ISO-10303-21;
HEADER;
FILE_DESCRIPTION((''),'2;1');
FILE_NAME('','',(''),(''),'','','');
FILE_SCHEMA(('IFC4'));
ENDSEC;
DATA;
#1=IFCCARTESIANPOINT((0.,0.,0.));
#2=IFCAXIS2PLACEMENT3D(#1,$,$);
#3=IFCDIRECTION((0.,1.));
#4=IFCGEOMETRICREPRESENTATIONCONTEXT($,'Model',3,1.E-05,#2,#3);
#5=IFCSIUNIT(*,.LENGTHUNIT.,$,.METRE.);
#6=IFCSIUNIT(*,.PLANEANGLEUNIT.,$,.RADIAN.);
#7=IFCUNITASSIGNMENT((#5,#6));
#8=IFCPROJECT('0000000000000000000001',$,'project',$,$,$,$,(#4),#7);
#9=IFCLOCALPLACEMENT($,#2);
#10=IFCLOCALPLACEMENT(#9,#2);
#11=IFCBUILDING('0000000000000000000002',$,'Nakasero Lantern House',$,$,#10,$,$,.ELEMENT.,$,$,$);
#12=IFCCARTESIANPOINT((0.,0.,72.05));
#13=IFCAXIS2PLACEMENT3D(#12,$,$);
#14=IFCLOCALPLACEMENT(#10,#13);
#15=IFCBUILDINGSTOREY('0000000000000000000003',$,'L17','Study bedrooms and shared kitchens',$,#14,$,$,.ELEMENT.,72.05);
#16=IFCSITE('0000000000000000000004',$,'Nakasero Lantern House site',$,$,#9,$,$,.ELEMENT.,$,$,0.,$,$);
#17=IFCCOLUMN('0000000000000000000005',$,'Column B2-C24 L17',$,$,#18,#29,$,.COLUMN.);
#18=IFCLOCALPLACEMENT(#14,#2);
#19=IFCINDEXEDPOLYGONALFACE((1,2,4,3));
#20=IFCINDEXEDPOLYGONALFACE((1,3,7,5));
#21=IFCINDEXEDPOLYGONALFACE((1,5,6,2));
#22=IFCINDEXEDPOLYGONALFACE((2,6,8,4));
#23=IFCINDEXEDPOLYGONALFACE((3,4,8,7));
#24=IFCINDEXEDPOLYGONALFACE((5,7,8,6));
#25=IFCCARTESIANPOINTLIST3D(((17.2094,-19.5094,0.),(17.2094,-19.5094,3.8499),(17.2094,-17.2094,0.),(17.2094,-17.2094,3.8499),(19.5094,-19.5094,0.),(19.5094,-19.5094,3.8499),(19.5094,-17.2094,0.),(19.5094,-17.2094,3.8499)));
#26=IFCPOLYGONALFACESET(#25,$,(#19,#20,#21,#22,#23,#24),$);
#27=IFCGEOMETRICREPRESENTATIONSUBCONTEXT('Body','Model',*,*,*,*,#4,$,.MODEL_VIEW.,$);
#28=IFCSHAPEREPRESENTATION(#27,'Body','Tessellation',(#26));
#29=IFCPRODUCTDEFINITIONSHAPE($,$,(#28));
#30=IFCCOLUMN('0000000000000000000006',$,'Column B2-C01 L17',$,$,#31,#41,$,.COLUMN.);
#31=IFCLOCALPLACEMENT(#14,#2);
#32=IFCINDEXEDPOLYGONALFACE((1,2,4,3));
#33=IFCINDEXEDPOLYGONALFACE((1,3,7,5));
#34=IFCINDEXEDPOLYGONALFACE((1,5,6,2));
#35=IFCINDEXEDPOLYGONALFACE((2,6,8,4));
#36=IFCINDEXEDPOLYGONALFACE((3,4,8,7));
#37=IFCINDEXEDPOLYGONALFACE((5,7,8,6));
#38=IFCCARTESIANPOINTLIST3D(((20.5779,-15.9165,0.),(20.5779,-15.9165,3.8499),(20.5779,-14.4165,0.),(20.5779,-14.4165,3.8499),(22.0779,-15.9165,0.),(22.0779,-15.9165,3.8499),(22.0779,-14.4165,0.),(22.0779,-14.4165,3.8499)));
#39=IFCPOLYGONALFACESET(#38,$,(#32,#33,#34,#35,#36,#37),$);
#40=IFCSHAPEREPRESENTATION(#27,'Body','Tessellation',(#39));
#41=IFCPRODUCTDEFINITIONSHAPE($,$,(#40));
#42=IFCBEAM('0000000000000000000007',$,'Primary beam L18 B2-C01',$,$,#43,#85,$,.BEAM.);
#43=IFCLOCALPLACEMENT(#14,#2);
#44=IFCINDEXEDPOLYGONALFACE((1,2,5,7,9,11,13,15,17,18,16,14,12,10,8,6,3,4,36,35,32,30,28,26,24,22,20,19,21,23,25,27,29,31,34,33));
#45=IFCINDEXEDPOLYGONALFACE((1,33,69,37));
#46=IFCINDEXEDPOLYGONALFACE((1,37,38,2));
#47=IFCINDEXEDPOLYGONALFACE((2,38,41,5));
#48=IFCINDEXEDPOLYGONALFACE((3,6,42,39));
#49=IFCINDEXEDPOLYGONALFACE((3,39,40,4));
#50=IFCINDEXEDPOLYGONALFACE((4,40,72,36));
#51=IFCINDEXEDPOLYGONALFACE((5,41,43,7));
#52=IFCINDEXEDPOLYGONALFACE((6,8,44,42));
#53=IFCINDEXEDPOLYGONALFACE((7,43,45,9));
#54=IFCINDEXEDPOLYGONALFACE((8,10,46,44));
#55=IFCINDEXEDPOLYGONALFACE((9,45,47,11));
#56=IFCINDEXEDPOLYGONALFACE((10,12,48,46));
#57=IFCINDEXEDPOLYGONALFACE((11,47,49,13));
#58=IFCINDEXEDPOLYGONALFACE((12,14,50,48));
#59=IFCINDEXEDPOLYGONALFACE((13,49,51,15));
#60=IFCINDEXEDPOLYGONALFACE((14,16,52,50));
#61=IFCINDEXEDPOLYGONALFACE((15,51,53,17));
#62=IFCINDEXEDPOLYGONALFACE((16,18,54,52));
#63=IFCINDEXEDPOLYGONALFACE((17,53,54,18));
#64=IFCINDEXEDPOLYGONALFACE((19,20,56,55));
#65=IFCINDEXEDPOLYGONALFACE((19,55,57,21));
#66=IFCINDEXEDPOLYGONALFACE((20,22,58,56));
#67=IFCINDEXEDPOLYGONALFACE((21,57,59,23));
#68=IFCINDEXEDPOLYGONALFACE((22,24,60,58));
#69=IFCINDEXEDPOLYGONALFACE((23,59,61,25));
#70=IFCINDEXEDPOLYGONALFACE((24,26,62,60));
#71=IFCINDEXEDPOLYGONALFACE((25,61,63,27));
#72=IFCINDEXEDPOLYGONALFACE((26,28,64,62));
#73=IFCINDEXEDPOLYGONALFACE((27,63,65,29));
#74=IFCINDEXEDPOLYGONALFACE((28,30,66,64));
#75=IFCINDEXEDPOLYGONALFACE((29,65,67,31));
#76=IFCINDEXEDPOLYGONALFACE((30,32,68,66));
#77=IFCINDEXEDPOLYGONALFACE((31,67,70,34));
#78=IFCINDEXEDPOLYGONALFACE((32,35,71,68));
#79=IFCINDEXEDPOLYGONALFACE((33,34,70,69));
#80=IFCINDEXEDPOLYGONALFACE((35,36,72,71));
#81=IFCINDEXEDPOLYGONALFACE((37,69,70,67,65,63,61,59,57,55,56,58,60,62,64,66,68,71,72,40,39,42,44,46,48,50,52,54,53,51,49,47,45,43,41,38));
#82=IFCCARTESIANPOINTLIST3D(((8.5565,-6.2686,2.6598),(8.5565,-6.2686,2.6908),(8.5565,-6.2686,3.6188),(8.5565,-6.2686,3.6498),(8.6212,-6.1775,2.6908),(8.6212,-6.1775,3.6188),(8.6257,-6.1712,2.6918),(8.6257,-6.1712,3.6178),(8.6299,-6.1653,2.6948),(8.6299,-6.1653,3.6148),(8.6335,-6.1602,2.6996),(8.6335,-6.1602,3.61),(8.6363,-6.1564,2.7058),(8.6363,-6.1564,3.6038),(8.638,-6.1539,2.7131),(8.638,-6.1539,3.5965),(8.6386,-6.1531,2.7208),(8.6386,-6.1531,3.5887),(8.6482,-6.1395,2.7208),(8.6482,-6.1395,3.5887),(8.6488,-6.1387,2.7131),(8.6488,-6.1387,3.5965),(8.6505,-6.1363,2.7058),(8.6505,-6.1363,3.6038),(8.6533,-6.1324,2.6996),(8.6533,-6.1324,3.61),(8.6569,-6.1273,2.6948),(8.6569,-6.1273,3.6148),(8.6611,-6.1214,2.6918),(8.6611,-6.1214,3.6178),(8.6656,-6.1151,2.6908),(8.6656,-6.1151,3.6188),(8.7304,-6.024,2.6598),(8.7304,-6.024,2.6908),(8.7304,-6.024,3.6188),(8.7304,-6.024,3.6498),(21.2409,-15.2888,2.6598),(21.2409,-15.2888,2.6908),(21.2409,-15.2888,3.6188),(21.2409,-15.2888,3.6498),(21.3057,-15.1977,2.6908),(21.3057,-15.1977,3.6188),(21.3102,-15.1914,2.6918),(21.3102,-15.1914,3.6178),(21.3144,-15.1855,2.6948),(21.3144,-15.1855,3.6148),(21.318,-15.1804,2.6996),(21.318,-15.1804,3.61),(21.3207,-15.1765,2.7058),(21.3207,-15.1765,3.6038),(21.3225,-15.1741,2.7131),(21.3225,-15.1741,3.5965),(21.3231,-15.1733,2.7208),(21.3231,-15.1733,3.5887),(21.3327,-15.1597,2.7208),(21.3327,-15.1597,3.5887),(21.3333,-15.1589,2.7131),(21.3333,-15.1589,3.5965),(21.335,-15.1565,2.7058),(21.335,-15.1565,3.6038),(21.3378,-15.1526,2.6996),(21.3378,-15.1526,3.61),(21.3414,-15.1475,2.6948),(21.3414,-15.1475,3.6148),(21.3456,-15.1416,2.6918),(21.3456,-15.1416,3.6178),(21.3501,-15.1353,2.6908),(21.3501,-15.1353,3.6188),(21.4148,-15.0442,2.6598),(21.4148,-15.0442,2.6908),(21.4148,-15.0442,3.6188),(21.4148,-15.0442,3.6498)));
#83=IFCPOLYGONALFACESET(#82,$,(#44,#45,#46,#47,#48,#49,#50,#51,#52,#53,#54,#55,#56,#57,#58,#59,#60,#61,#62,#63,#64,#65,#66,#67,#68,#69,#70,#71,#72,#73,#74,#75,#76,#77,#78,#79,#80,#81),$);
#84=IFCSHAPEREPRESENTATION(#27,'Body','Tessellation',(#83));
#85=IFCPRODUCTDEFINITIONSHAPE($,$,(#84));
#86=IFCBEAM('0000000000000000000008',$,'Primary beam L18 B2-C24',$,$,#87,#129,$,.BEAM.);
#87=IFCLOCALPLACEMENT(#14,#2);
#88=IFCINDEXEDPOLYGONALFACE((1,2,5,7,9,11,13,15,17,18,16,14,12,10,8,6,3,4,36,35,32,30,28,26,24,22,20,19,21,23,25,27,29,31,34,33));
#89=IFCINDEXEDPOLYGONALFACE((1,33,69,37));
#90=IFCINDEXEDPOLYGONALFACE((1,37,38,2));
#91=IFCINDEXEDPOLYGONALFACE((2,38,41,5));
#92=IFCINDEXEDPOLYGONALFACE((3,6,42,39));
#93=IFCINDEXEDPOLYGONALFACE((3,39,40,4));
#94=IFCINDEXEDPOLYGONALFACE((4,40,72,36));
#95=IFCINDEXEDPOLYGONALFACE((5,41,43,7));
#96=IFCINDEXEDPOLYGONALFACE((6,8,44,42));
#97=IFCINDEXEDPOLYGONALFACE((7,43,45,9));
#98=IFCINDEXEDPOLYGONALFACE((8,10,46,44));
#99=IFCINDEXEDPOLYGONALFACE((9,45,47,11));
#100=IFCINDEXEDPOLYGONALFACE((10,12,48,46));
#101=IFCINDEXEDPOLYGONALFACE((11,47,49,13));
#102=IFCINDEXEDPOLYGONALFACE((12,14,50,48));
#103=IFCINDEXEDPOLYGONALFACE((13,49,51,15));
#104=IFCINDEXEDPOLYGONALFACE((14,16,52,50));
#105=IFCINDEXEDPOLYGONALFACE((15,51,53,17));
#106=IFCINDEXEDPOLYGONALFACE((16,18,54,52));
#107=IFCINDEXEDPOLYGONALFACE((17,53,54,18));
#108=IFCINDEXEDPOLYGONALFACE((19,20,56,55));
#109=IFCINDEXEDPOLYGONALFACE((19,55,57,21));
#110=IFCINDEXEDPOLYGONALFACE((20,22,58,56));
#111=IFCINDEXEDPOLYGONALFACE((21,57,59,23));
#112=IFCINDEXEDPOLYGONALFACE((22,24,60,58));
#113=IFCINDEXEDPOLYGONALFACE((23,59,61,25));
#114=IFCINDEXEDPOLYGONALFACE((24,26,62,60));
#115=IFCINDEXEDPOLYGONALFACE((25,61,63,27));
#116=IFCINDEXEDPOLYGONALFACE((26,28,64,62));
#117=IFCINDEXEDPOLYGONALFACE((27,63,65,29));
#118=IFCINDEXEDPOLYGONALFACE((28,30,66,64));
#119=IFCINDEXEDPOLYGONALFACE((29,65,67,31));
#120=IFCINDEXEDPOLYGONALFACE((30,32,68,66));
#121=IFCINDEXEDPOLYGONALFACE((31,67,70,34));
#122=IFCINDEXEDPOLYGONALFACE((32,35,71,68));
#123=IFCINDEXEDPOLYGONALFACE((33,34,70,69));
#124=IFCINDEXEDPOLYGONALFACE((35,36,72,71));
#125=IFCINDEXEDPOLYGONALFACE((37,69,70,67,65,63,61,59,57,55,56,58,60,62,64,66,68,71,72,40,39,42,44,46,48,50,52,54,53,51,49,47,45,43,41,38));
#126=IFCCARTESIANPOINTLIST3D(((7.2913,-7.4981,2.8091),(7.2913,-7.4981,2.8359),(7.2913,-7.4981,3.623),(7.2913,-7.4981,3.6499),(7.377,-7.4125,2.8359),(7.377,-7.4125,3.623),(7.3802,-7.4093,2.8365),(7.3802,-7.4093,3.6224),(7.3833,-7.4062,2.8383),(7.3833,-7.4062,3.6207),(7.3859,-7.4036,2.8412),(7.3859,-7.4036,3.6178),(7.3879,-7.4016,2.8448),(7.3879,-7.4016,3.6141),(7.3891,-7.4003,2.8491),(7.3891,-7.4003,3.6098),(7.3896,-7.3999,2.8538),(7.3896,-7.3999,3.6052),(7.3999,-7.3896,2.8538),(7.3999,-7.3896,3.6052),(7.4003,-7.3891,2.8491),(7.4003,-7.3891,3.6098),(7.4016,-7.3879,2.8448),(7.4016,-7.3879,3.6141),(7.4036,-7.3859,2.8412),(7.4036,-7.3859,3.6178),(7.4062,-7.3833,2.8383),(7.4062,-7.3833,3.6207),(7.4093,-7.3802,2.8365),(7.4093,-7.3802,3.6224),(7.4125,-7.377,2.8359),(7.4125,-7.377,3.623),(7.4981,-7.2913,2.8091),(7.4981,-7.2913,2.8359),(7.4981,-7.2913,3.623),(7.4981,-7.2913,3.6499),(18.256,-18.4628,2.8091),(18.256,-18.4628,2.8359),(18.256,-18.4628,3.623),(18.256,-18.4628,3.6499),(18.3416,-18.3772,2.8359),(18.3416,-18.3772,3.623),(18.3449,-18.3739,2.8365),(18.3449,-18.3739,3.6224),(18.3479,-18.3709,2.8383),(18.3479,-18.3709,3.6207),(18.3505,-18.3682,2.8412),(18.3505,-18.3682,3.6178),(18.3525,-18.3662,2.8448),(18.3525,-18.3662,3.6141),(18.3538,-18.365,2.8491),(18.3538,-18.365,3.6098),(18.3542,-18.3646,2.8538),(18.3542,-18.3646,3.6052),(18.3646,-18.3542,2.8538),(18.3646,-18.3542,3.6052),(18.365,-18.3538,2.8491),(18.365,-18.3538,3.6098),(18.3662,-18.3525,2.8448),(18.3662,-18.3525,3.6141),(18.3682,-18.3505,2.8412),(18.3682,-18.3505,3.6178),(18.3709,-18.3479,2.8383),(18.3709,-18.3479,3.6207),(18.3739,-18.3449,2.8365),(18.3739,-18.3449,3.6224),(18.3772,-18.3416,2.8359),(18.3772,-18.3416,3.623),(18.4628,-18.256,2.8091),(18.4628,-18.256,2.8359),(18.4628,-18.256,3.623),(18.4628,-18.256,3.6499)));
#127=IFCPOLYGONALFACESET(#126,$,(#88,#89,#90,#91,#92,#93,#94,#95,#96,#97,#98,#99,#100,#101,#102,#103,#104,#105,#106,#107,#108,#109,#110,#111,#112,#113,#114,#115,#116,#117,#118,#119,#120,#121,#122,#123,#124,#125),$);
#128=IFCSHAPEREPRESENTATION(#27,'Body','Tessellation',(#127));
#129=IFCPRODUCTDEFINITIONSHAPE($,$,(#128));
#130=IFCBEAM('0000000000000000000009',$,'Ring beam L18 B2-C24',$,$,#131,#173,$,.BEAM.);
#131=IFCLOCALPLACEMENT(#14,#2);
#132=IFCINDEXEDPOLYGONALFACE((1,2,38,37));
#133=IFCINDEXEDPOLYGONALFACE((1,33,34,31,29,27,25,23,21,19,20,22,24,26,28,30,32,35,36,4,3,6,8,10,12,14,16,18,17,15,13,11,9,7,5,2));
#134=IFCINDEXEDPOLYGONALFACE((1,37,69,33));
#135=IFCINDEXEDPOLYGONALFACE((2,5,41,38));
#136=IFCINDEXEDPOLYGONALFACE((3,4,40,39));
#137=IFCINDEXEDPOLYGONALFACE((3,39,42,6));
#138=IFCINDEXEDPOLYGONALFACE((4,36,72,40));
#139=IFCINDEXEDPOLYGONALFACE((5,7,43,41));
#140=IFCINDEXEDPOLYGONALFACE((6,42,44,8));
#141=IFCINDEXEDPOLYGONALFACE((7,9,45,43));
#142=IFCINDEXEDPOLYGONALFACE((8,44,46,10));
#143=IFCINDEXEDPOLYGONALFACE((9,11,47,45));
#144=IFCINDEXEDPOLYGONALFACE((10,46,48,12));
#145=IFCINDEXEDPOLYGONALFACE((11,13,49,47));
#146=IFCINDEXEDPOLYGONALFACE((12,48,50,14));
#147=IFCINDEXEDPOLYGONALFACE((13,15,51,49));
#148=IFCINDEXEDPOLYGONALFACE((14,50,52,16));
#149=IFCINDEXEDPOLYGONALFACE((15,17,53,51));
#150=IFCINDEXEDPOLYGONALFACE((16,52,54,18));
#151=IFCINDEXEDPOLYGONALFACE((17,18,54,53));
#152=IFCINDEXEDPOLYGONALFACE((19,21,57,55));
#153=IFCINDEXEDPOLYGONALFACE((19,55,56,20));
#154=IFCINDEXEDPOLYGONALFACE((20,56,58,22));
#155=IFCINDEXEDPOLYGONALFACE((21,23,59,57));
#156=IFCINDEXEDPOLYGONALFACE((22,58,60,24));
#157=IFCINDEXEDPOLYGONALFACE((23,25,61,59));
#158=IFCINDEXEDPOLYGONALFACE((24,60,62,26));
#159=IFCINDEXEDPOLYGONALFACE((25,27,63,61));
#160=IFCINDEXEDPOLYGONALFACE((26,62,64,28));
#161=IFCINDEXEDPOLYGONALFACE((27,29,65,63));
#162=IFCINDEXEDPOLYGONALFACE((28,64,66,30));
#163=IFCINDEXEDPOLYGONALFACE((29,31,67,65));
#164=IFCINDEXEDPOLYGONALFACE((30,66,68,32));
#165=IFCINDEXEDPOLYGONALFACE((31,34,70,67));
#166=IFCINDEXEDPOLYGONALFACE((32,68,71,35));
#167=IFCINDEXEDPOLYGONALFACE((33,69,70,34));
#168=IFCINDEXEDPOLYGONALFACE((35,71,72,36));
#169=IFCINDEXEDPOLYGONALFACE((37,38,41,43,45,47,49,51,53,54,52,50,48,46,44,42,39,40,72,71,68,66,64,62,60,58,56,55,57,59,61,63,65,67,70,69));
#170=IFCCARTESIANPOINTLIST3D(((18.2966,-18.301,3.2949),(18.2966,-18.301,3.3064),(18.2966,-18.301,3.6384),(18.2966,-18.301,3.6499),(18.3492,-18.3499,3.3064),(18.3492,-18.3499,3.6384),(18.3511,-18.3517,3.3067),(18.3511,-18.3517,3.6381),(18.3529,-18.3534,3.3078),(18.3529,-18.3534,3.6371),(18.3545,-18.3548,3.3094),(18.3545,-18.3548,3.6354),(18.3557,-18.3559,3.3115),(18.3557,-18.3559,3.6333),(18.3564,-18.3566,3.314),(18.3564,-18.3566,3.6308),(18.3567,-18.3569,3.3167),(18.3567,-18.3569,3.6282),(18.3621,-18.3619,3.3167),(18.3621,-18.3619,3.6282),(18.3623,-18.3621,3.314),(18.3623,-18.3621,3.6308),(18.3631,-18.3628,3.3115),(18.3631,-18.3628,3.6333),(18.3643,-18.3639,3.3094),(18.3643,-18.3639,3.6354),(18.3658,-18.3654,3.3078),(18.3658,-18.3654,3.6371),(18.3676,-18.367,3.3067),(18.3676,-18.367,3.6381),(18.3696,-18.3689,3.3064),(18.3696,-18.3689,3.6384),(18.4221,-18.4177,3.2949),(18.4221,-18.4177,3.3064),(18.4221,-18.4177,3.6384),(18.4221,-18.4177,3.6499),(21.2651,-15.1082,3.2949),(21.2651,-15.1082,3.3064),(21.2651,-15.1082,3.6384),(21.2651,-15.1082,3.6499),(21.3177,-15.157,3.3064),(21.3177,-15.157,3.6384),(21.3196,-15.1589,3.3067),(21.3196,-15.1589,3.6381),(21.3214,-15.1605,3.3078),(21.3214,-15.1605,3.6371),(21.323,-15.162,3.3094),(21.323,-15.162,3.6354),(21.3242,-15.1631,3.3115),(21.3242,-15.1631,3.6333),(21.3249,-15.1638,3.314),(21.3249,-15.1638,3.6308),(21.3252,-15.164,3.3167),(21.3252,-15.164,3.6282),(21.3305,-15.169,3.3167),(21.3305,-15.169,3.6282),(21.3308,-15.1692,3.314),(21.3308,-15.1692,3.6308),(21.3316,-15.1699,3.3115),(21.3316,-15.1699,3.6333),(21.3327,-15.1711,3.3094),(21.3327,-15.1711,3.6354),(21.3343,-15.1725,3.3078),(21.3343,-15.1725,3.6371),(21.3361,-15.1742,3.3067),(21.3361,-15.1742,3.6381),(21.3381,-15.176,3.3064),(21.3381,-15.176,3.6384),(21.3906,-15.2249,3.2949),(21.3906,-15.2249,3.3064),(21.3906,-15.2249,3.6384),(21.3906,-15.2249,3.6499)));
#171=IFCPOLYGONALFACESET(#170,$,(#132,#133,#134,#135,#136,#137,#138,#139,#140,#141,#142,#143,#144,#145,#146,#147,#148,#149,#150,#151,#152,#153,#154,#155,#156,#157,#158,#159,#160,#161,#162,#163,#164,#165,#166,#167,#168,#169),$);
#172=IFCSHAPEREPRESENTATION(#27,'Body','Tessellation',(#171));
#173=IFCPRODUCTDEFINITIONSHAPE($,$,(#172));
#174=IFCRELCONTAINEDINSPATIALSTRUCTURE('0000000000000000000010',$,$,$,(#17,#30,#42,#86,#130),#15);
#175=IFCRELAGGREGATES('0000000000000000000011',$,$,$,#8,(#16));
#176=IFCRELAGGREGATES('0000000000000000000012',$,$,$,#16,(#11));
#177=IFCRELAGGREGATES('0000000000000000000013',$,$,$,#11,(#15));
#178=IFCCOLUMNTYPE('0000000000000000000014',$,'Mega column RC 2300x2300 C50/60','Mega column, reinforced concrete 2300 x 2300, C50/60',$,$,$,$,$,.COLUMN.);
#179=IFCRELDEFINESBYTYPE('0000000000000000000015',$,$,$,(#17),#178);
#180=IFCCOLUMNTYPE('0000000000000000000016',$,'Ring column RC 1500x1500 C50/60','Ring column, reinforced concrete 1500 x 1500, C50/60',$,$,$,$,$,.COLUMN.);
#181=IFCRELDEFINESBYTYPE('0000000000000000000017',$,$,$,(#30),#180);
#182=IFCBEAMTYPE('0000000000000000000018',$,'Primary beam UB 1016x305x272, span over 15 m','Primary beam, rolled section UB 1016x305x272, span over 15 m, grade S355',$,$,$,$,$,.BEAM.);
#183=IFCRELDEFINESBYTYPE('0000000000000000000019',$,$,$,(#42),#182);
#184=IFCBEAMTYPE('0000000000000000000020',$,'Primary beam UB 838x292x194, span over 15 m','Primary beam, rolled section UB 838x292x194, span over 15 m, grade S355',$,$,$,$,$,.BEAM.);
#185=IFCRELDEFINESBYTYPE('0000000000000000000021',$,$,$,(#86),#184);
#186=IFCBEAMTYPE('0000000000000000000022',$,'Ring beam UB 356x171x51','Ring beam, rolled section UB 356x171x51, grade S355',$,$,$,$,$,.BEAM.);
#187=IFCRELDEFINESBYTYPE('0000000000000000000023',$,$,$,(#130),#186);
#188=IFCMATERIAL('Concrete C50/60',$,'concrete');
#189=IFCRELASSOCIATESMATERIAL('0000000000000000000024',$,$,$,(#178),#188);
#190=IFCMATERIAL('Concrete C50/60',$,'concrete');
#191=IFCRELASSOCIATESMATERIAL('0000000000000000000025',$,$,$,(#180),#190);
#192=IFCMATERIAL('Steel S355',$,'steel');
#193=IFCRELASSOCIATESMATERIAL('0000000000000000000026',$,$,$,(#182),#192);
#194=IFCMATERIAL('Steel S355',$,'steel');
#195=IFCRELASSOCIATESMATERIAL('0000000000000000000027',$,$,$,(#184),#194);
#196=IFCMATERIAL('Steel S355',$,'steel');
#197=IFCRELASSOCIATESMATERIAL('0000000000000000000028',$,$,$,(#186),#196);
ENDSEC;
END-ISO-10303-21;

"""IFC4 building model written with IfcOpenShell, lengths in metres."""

from ifc_helpers import new_model, si_unit, direction, frame, origin, origin_2d, place, context, subcontext, project, spatial, rectangle, i_section, extrude, material, material_profile, profile_set, type_object, element, save


model = new_model("IFC4")

# Units and contexts
model_context = context("Model", 3, precision=1e-05, world=origin(), true_north=direction((0.0, 1.0)))
body_context = subcontext(model_context, "Body", "Model", "MODEL_VIEW")
ifc_project = project(units=[si_unit("LENGTHUNIT", "METRE"), si_unit("PLANEANGLEUNIT", "RADIAN")], contexts=[model_context])

# Site, building, storey
site_placement = place(None, origin())
site = spatial("IfcSite", under=ifc_project, at=site_placement, Name="Nakasero Lantern House site", CompositionType="ELEMENT", RefElevation=0.0)
building_placement = place(site_placement, origin())
building = spatial("IfcBuilding", under=site, at=building_placement, Name="Nakasero Lantern House", CompositionType="ELEMENT")
storey_placement = place(building_placement, frame((0.0, 0.0, 72.05)))
storey = spatial("IfcBuildingStorey", under=building, at=storey_placement, Name="L17", Description="Study bedrooms and shared kitchens", CompositionType="ELEMENT", Elevation=72.05)

# Columns
ifc_material_1 = material(Name="Concrete C50/60", Category="concrete")
ifc_material_profile_1 = material_profile(ifc_material_1, rectangle(XDim=2.3, YDim=2.3, at=origin_2d()), Name="RC 2300x2300")
ifc_profile_set_1 = profile_set([ifc_material_profile_1], Name="Concrete C50/60")
column_type_1 = type_object("IfcColumnType", Name="Mega column RC 2300x2300 C50/60", Description="Mega column, reinforced concrete 2300 x 2300, C50/60", PredefinedType="COLUMN", material=ifc_profile_set_1)
column_1_placement = place(storey_placement, frame((18.3594, -18.3594, 0.0), z_axis=(0.0, 0.0, 1.0), x_axis=(1.0, 0.0, 0.0)))
element("IfcColumn", 1, at=column_1_placement, inside=storey, type_object=column_type_1, Name="Column B2-C24 L17", PredefinedType="COLUMN", context=body_context, shape_type="SweptSolid", body=[
    extrude(rectangle(XDim=2.3, YDim=2.3, at=origin_2d()), origin(), (0.0, 0.0, 1.0), 3.8499),
])
ifc_material_2 = material(Name="Concrete C50/60", Category="concrete")
ifc_material_profile_2 = material_profile(ifc_material_2, rectangle(XDim=1.5, YDim=1.5, at=origin_2d()), Name="RC 1500x1500")
ifc_profile_set_2 = profile_set([ifc_material_profile_2], Name="Concrete C50/60")
column_type_2 = type_object("IfcColumnType", Name="Ring column RC 1500x1500 C50/60", Description="Ring column, reinforced concrete 1500 x 1500, C50/60", PredefinedType="COLUMN", material=ifc_profile_set_2)
column_2_placement = place(storey_placement, frame((21.3279, -15.1665, 0.0), z_axis=(0.0, 0.0, 1.0), x_axis=(1.0, 0.0, 0.0)))
element("IfcColumn", 2, at=column_2_placement, inside=storey, type_object=column_type_2, Name="Column B2-C01 L17", PredefinedType="COLUMN", context=body_context, shape_type="SweptSolid", body=[
    extrude(rectangle(XDim=1.5, YDim=1.5, at=origin_2d()), origin(), (0.0, 0.0, 1.0), 3.8499),
])

# Beams
ifc_material_3 = material(Name="Steel S355", Category="steel")
ifc_material_profile_3 = material_profile(ifc_material_3, i_section(OverallWidth=0.3, OverallDepth=0.99, WebThickness=0.0166, FlangeThickness=0.031, FilletRadius=0.03, at=origin_2d()), Name="UB 1016x305x272")
ifc_profile_set_3 = profile_set([ifc_material_profile_3], Name="Steel S355")
beam_type_1 = type_object("IfcBeamType", Name="Primary beam UB 1016x305x272, span over 15 m", Description="Primary beam, rolled section UB 1016x305x272, span over 15 m, grade S355", PredefinedType="BEAM", material=ifc_profile_set_3)
beam_1_placement = place(storey_placement, frame((21.3279, -15.1665, 3.1548), z_axis=(-0.814952, 0.579529, 0.0), x_axis=(-0.579529, -0.814952, 0.0)))
element("IfcBeam", 3, at=beam_1_placement, inside=storey, type_object=beam_type_1, Name="Primary beam L18 B2-C01", PredefinedType="BEAM", context=body_context, shape_type="SweptSolid", body=[
    extrude(i_section(OverallWidth=0.3, OverallDepth=0.99, WebThickness=0.0166, FlangeThickness=0.031, FilletRadius=0.03, at=origin_2d()), origin(), (0.0, 0.0, 1.0), 15.5647),
])
ifc_material_4 = material(Name="Steel S355", Category="steel")
ifc_material_profile_4 = material_profile(ifc_material_4, i_section(OverallWidth=0.2925, OverallDepth=0.8408, WebThickness=0.0146, FlangeThickness=0.0269, FilletRadius=0.0178, at=origin_2d()), Name="UB 838x292x194")
ifc_profile_set_4 = profile_set([ifc_material_profile_4], Name="Steel S355")
beam_type_2 = type_object("IfcBeamType", Name="Primary beam UB 838x292x194, span over 15 m", Description="Primary beam, rolled section UB 838x292x194, span over 15 m, grade S355", PredefinedType="BEAM", material=ifc_profile_set_4)
beam_2_placement = place(storey_placement, frame((18.3594, -18.3594, 3.2295), z_axis=(-0.707107, 0.707107, 0.0), x_axis=(-0.707107, -0.707107, 0.0)))
element("IfcBeam", 4, at=beam_2_placement, inside=storey, type_object=beam_type_2, Name="Primary beam L18 B2-C24", PredefinedType="BEAM", context=body_context, shape_type="SweptSolid", body=[
    extrude(i_section(OverallWidth=0.2925, OverallDepth=0.8408, WebThickness=0.0146, FlangeThickness=0.0269, FilletRadius=0.0178, at=origin_2d()), origin(), (0.0, 0.0, 1.0), 15.5063),
])
ifc_material_5 = material(Name="Steel S355", Category="steel")
ifc_material_profile_5 = material_profile(ifc_material_5, i_section(OverallWidth=0.1714, OverallDepth=0.355, WebThickness=0.0073, FlangeThickness=0.0115, FilletRadius=0.0103, at=origin_2d()), Name="UB 356x171x51")
ifc_profile_set_5 = profile_set([ifc_material_profile_5], Name="Steel S355")
beam_type_3 = type_object("IfcBeamType", Name="Ring beam UB 356x171x51", Description="Ring beam, rolled section UB 356x171x51, grade S355", PredefinedType="BEAM", material=ifc_profile_set_5)
beam_3_placement = place(storey_placement, frame((18.3594, -18.3594, 3.4724), z_axis=(0.680906, 0.732371, 0.0), x_axis=(-0.732371, 0.680906, 0.0)))
element("IfcBeam", 5, at=beam_3_placement, inside=storey, type_object=beam_type_3, Name="Ring beam L18 B2-C24", PredefinedType="BEAM", context=body_context, shape_type="SweptSolid", body=[
    extrude(i_section(OverallWidth=0.1714, OverallDepth=0.355, WebThickness=0.0073, FlangeThickness=0.0115, FilletRadius=0.0103, at=origin_2d()), origin(), (0.0, 0.0, 1.0), 4.3596),
])

save(model, "model.ifc")
